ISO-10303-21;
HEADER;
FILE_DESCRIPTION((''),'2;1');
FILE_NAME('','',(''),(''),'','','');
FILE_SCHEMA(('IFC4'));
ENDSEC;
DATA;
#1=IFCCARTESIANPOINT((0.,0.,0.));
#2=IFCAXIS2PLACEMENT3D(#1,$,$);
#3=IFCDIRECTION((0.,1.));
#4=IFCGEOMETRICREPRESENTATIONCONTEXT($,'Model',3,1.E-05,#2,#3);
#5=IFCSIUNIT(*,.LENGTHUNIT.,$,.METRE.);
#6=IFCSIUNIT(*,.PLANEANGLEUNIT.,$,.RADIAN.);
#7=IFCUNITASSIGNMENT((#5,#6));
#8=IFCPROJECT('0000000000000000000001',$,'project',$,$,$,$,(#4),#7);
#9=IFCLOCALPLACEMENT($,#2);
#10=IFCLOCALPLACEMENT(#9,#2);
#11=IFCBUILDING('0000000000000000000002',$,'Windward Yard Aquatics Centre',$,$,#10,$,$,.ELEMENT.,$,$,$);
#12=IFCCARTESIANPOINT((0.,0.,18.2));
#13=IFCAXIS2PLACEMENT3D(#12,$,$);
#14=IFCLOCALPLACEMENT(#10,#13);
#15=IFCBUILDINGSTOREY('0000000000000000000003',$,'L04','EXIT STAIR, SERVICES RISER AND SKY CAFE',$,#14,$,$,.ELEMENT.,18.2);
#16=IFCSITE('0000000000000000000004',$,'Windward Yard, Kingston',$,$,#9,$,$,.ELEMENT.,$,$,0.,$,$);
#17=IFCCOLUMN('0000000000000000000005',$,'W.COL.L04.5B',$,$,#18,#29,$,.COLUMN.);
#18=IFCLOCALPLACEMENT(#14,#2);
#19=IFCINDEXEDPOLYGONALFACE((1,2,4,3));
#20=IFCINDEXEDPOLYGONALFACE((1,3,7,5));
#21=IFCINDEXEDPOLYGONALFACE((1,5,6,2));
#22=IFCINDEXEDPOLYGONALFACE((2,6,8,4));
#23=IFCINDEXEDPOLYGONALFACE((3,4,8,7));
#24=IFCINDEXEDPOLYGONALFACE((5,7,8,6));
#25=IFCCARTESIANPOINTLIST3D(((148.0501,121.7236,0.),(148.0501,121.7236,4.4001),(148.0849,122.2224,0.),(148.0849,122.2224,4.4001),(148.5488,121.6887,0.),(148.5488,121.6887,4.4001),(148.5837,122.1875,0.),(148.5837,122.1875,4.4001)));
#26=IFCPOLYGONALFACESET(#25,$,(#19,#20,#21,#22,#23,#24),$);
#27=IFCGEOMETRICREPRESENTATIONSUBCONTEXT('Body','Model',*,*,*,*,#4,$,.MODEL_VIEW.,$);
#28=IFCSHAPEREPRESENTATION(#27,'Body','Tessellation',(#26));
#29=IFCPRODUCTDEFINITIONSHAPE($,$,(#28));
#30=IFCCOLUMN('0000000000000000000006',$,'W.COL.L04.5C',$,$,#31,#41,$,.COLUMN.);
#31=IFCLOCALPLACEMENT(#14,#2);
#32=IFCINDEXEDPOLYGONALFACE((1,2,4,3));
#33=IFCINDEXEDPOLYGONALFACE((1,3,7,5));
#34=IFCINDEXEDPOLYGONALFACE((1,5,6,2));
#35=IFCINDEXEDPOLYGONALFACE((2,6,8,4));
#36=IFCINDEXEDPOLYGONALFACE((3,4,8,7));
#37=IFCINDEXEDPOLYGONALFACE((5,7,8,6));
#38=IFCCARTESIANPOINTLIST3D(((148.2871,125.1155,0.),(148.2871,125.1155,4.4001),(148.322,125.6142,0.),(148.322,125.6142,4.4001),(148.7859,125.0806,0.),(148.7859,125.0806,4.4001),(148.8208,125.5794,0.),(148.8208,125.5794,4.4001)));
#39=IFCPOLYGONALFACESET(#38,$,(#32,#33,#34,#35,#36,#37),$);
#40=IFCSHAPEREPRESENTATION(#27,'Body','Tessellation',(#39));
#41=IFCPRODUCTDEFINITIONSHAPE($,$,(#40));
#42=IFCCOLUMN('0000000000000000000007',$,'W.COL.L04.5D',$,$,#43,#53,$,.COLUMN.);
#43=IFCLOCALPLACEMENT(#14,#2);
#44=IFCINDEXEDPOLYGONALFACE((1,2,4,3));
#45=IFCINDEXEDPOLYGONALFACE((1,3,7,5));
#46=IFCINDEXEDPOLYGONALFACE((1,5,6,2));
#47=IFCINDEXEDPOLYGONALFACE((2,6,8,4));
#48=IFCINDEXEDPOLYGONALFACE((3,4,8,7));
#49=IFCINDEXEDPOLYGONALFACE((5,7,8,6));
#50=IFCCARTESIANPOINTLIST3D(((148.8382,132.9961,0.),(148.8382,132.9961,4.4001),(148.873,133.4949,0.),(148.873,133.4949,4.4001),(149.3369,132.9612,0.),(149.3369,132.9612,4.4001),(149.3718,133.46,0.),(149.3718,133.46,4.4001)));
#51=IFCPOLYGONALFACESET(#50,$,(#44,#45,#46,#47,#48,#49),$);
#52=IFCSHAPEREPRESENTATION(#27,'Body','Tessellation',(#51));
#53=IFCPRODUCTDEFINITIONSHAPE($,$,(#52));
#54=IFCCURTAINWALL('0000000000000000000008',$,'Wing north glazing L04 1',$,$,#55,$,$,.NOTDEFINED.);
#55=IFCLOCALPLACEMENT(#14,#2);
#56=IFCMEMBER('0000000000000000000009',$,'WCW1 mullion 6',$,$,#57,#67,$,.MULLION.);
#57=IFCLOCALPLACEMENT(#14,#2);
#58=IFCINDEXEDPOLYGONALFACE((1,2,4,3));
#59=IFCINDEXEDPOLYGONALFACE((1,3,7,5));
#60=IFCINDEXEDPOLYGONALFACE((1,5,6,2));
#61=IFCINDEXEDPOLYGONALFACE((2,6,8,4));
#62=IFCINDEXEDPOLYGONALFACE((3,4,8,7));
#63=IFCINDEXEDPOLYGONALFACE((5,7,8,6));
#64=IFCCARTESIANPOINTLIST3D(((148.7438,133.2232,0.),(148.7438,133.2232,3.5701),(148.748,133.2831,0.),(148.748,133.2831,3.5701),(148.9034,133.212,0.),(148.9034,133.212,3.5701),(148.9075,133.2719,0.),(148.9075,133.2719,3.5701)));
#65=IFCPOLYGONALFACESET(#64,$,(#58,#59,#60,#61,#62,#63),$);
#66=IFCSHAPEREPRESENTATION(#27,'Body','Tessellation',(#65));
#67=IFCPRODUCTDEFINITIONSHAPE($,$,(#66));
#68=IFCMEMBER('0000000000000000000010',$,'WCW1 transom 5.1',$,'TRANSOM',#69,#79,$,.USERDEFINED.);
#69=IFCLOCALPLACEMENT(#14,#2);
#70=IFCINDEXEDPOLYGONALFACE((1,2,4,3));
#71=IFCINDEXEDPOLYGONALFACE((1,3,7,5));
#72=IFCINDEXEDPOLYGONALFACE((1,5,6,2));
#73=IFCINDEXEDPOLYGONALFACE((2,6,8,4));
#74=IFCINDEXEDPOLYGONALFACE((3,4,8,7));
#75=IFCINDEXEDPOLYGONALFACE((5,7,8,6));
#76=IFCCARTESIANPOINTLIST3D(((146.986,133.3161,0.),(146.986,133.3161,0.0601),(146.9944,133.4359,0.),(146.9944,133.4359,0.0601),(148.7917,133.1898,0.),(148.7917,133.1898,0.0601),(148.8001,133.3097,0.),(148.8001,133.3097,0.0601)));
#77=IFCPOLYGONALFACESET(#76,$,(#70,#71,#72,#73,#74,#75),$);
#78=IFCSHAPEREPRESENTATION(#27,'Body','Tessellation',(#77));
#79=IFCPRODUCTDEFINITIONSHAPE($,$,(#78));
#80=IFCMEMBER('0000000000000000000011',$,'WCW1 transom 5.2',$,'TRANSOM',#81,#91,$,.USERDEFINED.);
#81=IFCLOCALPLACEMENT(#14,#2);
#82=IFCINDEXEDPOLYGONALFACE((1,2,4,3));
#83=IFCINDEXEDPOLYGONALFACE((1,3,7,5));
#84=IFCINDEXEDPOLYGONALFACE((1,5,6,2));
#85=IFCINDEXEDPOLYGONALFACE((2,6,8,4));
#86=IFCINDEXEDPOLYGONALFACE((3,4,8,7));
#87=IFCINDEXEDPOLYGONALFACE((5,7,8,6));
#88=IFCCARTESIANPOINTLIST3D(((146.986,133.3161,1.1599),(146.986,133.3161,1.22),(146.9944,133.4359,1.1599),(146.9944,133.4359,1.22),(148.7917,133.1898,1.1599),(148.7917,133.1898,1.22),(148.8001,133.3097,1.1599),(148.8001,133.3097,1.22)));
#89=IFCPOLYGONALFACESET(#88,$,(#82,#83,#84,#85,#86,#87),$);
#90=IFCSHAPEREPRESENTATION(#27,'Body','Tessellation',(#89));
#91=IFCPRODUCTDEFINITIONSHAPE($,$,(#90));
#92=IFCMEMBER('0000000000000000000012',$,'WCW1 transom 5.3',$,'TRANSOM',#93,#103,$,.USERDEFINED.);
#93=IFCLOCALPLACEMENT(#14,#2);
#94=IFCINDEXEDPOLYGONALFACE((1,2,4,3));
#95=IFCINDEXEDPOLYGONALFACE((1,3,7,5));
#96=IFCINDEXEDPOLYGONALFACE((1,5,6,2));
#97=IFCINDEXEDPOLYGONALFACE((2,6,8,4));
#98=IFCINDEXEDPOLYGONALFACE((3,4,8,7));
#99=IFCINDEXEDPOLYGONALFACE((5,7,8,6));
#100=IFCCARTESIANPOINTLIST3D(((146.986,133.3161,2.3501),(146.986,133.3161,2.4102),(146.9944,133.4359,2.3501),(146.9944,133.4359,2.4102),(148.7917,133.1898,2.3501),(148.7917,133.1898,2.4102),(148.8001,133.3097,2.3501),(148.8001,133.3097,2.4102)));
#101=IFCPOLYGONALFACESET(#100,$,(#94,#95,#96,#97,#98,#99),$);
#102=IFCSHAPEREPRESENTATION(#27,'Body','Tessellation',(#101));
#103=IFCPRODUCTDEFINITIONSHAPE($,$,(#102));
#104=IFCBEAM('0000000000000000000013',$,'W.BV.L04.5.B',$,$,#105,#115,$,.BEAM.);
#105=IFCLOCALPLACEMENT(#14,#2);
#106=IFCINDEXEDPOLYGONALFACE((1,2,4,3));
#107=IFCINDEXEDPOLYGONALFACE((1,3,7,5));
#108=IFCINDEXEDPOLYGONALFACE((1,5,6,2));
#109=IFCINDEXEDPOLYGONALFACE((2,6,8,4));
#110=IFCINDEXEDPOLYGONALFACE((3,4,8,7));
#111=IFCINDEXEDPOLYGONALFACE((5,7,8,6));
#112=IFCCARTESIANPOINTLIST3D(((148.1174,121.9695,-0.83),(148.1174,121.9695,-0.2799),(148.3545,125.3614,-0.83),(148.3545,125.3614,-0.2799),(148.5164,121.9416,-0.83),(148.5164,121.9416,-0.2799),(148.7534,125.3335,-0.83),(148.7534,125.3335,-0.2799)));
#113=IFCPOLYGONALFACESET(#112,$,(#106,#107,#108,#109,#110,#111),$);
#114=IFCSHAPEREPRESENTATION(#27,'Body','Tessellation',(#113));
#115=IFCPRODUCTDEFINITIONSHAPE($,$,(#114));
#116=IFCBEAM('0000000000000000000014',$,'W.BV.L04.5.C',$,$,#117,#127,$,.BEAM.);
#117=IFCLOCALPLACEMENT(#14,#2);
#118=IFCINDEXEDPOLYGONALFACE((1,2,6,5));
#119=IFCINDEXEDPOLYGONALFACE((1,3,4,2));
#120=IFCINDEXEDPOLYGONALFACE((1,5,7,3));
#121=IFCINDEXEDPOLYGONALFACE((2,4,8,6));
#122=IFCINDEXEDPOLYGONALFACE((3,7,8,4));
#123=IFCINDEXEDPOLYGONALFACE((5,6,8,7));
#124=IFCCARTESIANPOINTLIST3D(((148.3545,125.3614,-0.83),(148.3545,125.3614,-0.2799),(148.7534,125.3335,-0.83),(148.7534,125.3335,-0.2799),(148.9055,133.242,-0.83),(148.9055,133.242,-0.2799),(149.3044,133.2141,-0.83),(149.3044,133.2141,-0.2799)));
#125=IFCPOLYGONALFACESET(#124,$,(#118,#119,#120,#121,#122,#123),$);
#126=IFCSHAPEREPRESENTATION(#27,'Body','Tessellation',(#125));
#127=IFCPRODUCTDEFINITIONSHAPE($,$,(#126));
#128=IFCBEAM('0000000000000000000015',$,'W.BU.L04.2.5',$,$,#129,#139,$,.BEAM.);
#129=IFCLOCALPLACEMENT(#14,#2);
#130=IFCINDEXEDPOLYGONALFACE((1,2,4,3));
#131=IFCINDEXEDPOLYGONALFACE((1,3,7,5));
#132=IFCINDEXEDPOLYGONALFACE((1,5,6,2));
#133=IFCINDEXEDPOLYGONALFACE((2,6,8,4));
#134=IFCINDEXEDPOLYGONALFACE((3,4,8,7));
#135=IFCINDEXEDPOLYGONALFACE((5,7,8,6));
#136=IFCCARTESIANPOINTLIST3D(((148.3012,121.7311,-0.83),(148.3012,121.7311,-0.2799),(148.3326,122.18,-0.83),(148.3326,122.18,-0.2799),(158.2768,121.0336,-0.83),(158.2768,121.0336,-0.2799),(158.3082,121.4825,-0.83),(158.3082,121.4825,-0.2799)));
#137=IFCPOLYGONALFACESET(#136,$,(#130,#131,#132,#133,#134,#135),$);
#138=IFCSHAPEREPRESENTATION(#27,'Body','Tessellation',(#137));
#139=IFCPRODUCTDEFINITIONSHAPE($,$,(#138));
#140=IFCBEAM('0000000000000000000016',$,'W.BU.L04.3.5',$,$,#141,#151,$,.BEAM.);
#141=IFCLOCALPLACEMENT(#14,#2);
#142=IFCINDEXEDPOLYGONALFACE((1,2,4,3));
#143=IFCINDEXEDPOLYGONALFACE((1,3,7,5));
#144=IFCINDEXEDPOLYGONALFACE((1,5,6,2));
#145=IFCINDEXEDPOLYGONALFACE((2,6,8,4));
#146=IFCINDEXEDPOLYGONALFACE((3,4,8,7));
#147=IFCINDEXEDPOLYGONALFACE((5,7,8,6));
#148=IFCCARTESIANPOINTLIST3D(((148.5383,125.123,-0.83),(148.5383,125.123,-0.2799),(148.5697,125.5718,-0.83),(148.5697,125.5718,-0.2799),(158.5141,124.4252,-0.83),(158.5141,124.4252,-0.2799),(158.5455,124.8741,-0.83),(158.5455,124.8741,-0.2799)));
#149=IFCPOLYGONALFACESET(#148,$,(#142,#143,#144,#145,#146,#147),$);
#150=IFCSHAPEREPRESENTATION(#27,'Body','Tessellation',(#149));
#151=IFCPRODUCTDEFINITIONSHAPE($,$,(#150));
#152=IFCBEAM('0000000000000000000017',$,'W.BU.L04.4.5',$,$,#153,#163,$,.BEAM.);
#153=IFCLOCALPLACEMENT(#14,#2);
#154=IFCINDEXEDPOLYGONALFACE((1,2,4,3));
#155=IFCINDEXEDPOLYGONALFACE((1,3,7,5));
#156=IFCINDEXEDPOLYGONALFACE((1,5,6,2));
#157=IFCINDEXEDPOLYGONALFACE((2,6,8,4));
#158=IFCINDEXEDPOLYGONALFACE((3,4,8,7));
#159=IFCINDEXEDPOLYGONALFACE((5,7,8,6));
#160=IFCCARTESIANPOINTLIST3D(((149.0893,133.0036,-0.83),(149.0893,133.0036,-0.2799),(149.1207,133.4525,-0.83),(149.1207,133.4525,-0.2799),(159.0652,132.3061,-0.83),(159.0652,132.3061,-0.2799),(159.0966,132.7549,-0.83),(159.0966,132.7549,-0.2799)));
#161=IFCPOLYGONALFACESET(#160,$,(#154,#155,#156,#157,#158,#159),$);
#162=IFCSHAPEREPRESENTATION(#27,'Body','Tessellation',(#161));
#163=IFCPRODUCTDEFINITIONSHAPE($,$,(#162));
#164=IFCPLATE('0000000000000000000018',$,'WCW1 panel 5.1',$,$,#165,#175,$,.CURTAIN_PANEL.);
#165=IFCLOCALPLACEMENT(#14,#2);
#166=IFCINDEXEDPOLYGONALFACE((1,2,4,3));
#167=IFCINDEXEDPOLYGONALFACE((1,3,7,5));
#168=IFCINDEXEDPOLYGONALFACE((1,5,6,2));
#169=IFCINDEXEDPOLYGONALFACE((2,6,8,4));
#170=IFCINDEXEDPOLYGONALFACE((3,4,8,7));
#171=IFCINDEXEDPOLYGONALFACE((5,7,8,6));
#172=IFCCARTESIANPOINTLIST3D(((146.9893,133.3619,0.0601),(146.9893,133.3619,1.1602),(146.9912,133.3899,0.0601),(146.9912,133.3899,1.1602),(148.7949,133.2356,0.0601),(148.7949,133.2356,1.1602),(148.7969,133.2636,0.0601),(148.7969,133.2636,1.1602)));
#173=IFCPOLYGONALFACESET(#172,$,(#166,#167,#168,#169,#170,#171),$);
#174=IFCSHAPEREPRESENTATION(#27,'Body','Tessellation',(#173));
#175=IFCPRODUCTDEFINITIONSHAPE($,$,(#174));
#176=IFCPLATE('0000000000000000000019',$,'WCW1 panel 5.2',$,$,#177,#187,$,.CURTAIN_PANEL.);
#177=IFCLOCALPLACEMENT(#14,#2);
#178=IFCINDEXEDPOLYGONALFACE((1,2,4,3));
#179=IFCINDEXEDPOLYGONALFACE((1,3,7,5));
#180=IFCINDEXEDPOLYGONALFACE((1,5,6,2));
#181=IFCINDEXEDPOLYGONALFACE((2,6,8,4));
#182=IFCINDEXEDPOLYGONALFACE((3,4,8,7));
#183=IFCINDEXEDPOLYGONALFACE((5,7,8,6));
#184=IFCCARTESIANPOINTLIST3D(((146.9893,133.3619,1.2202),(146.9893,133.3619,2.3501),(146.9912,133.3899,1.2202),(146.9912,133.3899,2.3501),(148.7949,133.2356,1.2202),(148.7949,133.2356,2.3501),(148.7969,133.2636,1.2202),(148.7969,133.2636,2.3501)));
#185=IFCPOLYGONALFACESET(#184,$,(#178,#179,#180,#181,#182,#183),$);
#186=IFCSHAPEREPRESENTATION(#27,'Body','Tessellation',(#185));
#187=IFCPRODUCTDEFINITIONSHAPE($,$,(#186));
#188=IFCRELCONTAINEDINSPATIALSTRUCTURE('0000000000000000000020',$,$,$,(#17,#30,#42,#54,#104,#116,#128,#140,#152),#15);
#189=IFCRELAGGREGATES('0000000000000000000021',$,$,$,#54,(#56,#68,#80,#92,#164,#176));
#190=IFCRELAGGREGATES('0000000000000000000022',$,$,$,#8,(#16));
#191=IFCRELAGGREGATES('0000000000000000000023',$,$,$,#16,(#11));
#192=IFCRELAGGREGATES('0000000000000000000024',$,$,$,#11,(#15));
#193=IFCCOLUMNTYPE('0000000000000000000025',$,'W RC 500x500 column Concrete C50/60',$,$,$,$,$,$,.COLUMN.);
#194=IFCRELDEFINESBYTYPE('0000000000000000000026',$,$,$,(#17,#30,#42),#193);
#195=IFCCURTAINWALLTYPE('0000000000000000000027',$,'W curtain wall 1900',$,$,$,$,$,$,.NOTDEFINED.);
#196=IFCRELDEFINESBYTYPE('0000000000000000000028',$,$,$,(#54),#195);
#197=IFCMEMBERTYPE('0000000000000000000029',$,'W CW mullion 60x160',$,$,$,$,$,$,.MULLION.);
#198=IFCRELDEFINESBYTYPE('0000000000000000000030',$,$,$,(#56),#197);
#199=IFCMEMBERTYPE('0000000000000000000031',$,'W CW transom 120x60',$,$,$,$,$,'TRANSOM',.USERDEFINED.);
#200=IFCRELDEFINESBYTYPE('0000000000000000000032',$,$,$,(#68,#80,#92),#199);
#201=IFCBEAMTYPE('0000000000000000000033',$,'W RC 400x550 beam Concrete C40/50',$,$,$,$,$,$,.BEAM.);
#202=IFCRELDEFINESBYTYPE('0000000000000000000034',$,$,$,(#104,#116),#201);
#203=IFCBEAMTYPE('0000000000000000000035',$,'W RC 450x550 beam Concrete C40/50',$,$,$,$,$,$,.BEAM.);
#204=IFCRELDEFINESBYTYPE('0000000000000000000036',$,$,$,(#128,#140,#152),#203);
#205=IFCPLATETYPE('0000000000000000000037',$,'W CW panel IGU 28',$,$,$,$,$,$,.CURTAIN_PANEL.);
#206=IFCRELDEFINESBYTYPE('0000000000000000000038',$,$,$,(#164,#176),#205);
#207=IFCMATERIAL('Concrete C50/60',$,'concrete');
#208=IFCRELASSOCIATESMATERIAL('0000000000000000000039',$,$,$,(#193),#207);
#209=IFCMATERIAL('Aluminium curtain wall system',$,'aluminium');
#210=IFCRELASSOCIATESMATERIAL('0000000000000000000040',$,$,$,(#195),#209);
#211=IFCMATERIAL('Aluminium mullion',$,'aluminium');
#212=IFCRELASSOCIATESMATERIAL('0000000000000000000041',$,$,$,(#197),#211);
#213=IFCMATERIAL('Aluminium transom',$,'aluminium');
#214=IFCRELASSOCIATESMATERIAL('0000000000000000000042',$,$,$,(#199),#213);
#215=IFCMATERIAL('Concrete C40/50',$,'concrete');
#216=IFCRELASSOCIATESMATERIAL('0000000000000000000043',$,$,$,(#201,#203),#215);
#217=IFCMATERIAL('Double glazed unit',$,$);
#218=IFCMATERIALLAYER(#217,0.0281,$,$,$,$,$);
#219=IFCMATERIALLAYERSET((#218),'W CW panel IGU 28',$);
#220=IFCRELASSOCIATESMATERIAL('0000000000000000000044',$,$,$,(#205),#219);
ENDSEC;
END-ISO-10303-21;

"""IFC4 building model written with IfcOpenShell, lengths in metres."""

from ifc_helpers import new_model, si_unit, direction, frame, origin, origin_2d, place, context, subcontext, project, spatial, rectangle, extrude, material, layer, layer_set, material_profile, profile_set, type_object, element, aggregate, save


model = new_model("IFC4")

# Units and contexts
model_context = context("Model", 3, precision=1e-05, world=origin(), true_north=direction((0.0, 1.0)))
body_context = subcontext(model_context, "Body", "Model", "MODEL_VIEW")
ifc_project = project(units=[si_unit("LENGTHUNIT", "METRE"), si_unit("PLANEANGLEUNIT", "RADIAN")], contexts=[model_context])

# Site, building, storey
site_placement = place(None, origin())
site = spatial("IfcSite", under=ifc_project, at=site_placement, Name="Windward Yard, Kingston", CompositionType="ELEMENT", RefElevation=0.0)
building_placement = place(site_placement, origin())
building = spatial("IfcBuilding", under=site, at=building_placement, Name="Windward Yard Aquatics Centre", CompositionType="ELEMENT")
storey_placement = place(building_placement, frame((0.0, 0.0, 18.2)))
storey = spatial("IfcBuildingStorey", under=building, at=storey_placement, Name="L04", Description="EXIT STAIR, SERVICES RISER AND SKY CAFE", CompositionType="ELEMENT", Elevation=18.2)

# Columns
ifc_material_1 = material(Name="Concrete C50/60", Category="concrete")
ifc_material_profile_1 = material_profile(ifc_material_1, rectangle(XDim=0.5, YDim=0.5, at=origin_2d()), Name="RC 500x500")
ifc_profile_set_1 = profile_set([ifc_material_profile_1], Name="Concrete C50/60")
column_type = type_object("IfcColumnType", Name="W RC 500x500 column Concrete C50/60", PredefinedType="COLUMN", material=ifc_profile_set_1)
for number, where, z_axis, x_axis, name in (
    (1, (148.3169, 121.9556, 0.0), (0.0, 0.0, 1.0), (0.997564, -0.069756, 0.0), "W.COL.L04.5B"),
    (2, (148.554, 125.3474, 0.0), (0.0, 0.0, 1.0), (0.997564, -0.069756, 0.0), "W.COL.L04.5C"),
    (3, (149.105, 133.228, 0.0), (0.0, 0.0, 1.0), (0.997564, -0.069756, 0.0), "W.COL.L04.5D"),
):
    element("IfcColumn", number, at=place(storey_placement, frame(where, z_axis=z_axis, x_axis=x_axis)), inside=storey, type_object=column_type, Name=name, PredefinedType="COLUMN", context=body_context, shape_type="SweptSolid", body=[
        extrude(rectangle(XDim=0.5, YDim=0.5, at=origin_2d()), origin(), (0.0, 0.0, 1.0), 4.4001),
    ])

# Curtain wall, members
ifc_material_2 = material(Name="Aluminium curtain wall system", Category="aluminium")
curtain_wall_type = type_object("IfcCurtainWallType", Name="W curtain wall 1900", PredefinedType="NOTDEFINED", material=ifc_material_2)
curtain_wall_placement = place(storey_placement, origin())
curtain_wall = element("IfcCurtainWall", 4, at=curtain_wall_placement, inside=storey, type_object=curtain_wall_type, Name="Wing north glazing L04 1", PredefinedType="NOTDEFINED")
ifc_material_3 = material(Name="Aluminium mullion", Category="aluminium")
ifc_material_profile_2 = material_profile(ifc_material_3, rectangle(XDim=0.0601, YDim=0.1599, at=origin_2d()), Name="AL 60x160")
ifc_profile_set_2 = profile_set([ifc_material_profile_2], Name="Aluminium mullion")
member_type_1 = type_object("IfcMemberType", Name="W CW mullion 60x160", PredefinedType="MULLION", material=ifc_profile_set_2)
member_1_placement = place(storey_placement, frame((148.8257, 133.2476, 0.0), z_axis=(0.0, 0.0, 1.0), x_axis=(0.069758, 0.997564, 0.0)))
member_1 = element("IfcMember", 5, at=member_1_placement, type_object=member_type_1, Name="WCW1 mullion 6", PredefinedType="MULLION", context=body_context, shape_type="SweptSolid", body=[
    extrude(rectangle(XDim=0.0601, YDim=0.1599, at=origin_2d()), origin(), (0.0, 0.0, 1.0), 3.5701),
])
ifc_material_4 = material(Name="Aluminium transom", Category="aluminium")
ifc_material_profile_3 = material_profile(ifc_material_4, rectangle(XDim=0.1201, YDim=0.0601, at=origin_2d()), Name="AL 120x60")
ifc_profile_set_3 = profile_set([ifc_material_profile_3], Name="Aluminium transom")
member_type_2 = type_object("IfcMemberType", Name="W CW transom 120x60", ElementType="TRANSOM", PredefinedType="USERDEFINED", material=ifc_profile_set_3)
member_2_placement = place(storey_placement, frame((146.9902, 133.376, 0.03), z_axis=(0.997566, -0.069732, 0.0), x_axis=(0.069732, 0.997566, 0.0)))
member_2 = element("IfcMember", 6, at=member_2_placement, type_object=member_type_2, Name="WCW1 transom 5.1", ObjectType="TRANSOM", PredefinedType="USERDEFINED", context=body_context, shape_type="SweptSolid", body=[
    extrude(rectangle(XDim=0.1201, YDim=0.0601, at=origin_2d()), origin(), (0.0, 0.0, 1.0), 1.8101),
])
member_3_placement = place(storey_placement, frame((146.9902, 133.376, 1.1899), z_axis=(0.997566, -0.069732, 0.0), x_axis=(0.069732, 0.997566, 0.0)))
member_3 = element("IfcMember", 7, at=member_3_placement, type_object=member_type_2, Name="WCW1 transom 5.2", ObjectType="TRANSOM", PredefinedType="USERDEFINED", context=body_context, shape_type="SweptSolid", body=[
    extrude(rectangle(XDim=0.1201, YDim=0.0601, at=origin_2d()), origin(), (0.0, 0.0, 1.0), 1.8101),
])
member_4_placement = place(storey_placement, frame((146.9902, 133.376, 2.3801), z_axis=(0.997566, -0.069732, 0.0), x_axis=(0.069732, 0.997566, 0.0)))
member_4 = element("IfcMember", 8, at=member_4_placement, type_object=member_type_2, Name="WCW1 transom 5.3", ObjectType="TRANSOM", PredefinedType="USERDEFINED", context=body_context, shape_type="SweptSolid", body=[
    extrude(rectangle(XDim=0.1201, YDim=0.0601, at=origin_2d()), origin(), (0.0, 0.0, 1.0), 1.8101),
])

# Beams
ifc_material_5 = material(Name="Concrete C40/50", Category="concrete")
ifc_material_profile_4 = material_profile(ifc_material_5, rectangle(XDim=0.3999, YDim=0.55, at=origin_2d()), Name="RC 400x550")
ifc_profile_set_4 = profile_set([ifc_material_profile_4], Name="Concrete C40/50")
beam_type_1 = type_object("IfcBeamType", Name="W RC 400x550 beam Concrete C40/50", PredefinedType="BEAM", material=ifc_profile_set_4)
beam_1_placement = place(storey_placement, frame((148.3169, 121.9556, -0.5549), z_axis=(0.069721, 0.997567, 0.0), x_axis=(-0.997567, 0.069721, 0.0)))
element("IfcBeam", 9, at=beam_1_placement, inside=storey, type_object=beam_type_1, Name="W.BV.L04.5.B", PredefinedType="BEAM", context=body_context, shape_type="SweptSolid", body=[
    extrude(rectangle(XDim=0.3999, YDim=0.55, at=origin_2d()), origin(), (0.0, 0.0, 1.0), 3.4001),
])
beam_2_placement = place(storey_placement, frame((148.554, 125.3474, -0.5549), z_axis=(0.069751, 0.997564, 0.0), x_axis=(-0.997564, 0.069751, 0.0)))
element("IfcBeam", 10, at=beam_2_placement, inside=storey, type_object=beam_type_1, Name="W.BV.L04.5.C", PredefinedType="BEAM", context=body_context, shape_type="SweptSolid", body=[
    extrude(rectangle(XDim=0.3999, YDim=0.55, at=origin_2d()), origin(), (0.0, 0.0, 1.0), 7.8999),
])
ifc_material_profile_5 = material_profile(ifc_material_5, rectangle(XDim=0.45, YDim=0.55, at=origin_2d()), Name="RC 450x550")
ifc_profile_set_5 = profile_set([ifc_material_profile_5], Name="Concrete C40/50")
beam_type_2 = type_object("IfcBeamType", Name="W RC 450x550 beam Concrete C40/50", PredefinedType="BEAM", material=ifc_profile_set_5)
beam_3_placement = place(storey_placement, frame((148.3169, 121.9556, -0.5549), z_axis=(0.997564, -0.069751, 0.0), x_axis=(0.069751, 0.997564, 0.0)))
element("IfcBeam", 11, at=beam_3_placement, inside=storey, type_object=beam_type_2, Name="W.BU.L04.2.5", PredefinedType="BEAM", context=body_context, shape_type="SweptSolid", body=[
    extrude(rectangle(XDim=0.45, YDim=0.55, at=origin_2d()), origin(), (0.0, 0.0, 1.0), 10.0),
])
for number, where, z_axis, x_axis, name in (
    (12, (148.554, 125.3474, -0.5549), (0.997563, -0.069774, 0.0), (0.069774, 0.997563, 0.0), "W.BU.L04.3.5"),
    (13, (149.105, 133.228, -0.5549), (0.997565, -0.06975, 0.0), (0.06975, 0.997565, 0.0), "W.BU.L04.4.5"),
):
    element("IfcBeam", number, at=place(storey_placement, frame(where, z_axis=z_axis, x_axis=x_axis)), inside=storey, type_object=beam_type_2, Name=name, PredefinedType="BEAM", context=body_context, shape_type="SweptSolid", body=[
        extrude(rectangle(XDim=0.45, YDim=0.55, at=origin_2d()), origin(), (0.0, 0.0, 1.0), 10.0002),
    ])

# Plates
ifc_material_6 = material(Name="Double glazed unit")
ifc_layer_1 = layer(ifc_material_6, 0.0281)
ifc_layer_set_1 = layer_set([ifc_layer_1], Name="W CW panel IGU 28")
plate_type = type_object("IfcPlateType", Name="W CW panel IGU 28", PredefinedType="CURTAIN_PANEL", material=ifc_layer_set_1)
plate_1_placement = place(storey_placement, frame((147.8931, 133.3127, 0.0601), z_axis=(0.0, 0.0, 1.0), x_axis=(0.997564, -0.069758, 0.0)))
plate_1 = element("IfcPlate", 14, at=plate_1_placement, type_object=plate_type, Name="WCW1 panel 5.1", PredefinedType="CURTAIN_PANEL", context=body_context, shape_type="SweptSolid", body=[
    extrude(rectangle(XDim=1.8101, YDim=0.0281, at=origin_2d()), origin(), (0.0, 0.0, 1.0), 1.1001),
])
plate_2_placement = place(storey_placement, frame((147.8931, 133.3127, 1.2202), z_axis=(0.0, 0.0, 1.0), x_axis=(0.997564, -0.069758, 0.0)))
plate_2 = element("IfcPlate", 15, at=plate_2_placement, type_object=plate_type, Name="WCW1 panel 5.2", PredefinedType="CURTAIN_PANEL", context=body_context, shape_type="SweptSolid", body=[
    extrude(rectangle(XDim=1.8101, YDim=0.0281, at=origin_2d()), origin(), (0.0, 0.0, 1.0), 1.1299),
])
aggregate(curtain_wall, [member_1, member_2, member_3, member_4, plate_1, plate_2])

save(model, "model.ifc")
